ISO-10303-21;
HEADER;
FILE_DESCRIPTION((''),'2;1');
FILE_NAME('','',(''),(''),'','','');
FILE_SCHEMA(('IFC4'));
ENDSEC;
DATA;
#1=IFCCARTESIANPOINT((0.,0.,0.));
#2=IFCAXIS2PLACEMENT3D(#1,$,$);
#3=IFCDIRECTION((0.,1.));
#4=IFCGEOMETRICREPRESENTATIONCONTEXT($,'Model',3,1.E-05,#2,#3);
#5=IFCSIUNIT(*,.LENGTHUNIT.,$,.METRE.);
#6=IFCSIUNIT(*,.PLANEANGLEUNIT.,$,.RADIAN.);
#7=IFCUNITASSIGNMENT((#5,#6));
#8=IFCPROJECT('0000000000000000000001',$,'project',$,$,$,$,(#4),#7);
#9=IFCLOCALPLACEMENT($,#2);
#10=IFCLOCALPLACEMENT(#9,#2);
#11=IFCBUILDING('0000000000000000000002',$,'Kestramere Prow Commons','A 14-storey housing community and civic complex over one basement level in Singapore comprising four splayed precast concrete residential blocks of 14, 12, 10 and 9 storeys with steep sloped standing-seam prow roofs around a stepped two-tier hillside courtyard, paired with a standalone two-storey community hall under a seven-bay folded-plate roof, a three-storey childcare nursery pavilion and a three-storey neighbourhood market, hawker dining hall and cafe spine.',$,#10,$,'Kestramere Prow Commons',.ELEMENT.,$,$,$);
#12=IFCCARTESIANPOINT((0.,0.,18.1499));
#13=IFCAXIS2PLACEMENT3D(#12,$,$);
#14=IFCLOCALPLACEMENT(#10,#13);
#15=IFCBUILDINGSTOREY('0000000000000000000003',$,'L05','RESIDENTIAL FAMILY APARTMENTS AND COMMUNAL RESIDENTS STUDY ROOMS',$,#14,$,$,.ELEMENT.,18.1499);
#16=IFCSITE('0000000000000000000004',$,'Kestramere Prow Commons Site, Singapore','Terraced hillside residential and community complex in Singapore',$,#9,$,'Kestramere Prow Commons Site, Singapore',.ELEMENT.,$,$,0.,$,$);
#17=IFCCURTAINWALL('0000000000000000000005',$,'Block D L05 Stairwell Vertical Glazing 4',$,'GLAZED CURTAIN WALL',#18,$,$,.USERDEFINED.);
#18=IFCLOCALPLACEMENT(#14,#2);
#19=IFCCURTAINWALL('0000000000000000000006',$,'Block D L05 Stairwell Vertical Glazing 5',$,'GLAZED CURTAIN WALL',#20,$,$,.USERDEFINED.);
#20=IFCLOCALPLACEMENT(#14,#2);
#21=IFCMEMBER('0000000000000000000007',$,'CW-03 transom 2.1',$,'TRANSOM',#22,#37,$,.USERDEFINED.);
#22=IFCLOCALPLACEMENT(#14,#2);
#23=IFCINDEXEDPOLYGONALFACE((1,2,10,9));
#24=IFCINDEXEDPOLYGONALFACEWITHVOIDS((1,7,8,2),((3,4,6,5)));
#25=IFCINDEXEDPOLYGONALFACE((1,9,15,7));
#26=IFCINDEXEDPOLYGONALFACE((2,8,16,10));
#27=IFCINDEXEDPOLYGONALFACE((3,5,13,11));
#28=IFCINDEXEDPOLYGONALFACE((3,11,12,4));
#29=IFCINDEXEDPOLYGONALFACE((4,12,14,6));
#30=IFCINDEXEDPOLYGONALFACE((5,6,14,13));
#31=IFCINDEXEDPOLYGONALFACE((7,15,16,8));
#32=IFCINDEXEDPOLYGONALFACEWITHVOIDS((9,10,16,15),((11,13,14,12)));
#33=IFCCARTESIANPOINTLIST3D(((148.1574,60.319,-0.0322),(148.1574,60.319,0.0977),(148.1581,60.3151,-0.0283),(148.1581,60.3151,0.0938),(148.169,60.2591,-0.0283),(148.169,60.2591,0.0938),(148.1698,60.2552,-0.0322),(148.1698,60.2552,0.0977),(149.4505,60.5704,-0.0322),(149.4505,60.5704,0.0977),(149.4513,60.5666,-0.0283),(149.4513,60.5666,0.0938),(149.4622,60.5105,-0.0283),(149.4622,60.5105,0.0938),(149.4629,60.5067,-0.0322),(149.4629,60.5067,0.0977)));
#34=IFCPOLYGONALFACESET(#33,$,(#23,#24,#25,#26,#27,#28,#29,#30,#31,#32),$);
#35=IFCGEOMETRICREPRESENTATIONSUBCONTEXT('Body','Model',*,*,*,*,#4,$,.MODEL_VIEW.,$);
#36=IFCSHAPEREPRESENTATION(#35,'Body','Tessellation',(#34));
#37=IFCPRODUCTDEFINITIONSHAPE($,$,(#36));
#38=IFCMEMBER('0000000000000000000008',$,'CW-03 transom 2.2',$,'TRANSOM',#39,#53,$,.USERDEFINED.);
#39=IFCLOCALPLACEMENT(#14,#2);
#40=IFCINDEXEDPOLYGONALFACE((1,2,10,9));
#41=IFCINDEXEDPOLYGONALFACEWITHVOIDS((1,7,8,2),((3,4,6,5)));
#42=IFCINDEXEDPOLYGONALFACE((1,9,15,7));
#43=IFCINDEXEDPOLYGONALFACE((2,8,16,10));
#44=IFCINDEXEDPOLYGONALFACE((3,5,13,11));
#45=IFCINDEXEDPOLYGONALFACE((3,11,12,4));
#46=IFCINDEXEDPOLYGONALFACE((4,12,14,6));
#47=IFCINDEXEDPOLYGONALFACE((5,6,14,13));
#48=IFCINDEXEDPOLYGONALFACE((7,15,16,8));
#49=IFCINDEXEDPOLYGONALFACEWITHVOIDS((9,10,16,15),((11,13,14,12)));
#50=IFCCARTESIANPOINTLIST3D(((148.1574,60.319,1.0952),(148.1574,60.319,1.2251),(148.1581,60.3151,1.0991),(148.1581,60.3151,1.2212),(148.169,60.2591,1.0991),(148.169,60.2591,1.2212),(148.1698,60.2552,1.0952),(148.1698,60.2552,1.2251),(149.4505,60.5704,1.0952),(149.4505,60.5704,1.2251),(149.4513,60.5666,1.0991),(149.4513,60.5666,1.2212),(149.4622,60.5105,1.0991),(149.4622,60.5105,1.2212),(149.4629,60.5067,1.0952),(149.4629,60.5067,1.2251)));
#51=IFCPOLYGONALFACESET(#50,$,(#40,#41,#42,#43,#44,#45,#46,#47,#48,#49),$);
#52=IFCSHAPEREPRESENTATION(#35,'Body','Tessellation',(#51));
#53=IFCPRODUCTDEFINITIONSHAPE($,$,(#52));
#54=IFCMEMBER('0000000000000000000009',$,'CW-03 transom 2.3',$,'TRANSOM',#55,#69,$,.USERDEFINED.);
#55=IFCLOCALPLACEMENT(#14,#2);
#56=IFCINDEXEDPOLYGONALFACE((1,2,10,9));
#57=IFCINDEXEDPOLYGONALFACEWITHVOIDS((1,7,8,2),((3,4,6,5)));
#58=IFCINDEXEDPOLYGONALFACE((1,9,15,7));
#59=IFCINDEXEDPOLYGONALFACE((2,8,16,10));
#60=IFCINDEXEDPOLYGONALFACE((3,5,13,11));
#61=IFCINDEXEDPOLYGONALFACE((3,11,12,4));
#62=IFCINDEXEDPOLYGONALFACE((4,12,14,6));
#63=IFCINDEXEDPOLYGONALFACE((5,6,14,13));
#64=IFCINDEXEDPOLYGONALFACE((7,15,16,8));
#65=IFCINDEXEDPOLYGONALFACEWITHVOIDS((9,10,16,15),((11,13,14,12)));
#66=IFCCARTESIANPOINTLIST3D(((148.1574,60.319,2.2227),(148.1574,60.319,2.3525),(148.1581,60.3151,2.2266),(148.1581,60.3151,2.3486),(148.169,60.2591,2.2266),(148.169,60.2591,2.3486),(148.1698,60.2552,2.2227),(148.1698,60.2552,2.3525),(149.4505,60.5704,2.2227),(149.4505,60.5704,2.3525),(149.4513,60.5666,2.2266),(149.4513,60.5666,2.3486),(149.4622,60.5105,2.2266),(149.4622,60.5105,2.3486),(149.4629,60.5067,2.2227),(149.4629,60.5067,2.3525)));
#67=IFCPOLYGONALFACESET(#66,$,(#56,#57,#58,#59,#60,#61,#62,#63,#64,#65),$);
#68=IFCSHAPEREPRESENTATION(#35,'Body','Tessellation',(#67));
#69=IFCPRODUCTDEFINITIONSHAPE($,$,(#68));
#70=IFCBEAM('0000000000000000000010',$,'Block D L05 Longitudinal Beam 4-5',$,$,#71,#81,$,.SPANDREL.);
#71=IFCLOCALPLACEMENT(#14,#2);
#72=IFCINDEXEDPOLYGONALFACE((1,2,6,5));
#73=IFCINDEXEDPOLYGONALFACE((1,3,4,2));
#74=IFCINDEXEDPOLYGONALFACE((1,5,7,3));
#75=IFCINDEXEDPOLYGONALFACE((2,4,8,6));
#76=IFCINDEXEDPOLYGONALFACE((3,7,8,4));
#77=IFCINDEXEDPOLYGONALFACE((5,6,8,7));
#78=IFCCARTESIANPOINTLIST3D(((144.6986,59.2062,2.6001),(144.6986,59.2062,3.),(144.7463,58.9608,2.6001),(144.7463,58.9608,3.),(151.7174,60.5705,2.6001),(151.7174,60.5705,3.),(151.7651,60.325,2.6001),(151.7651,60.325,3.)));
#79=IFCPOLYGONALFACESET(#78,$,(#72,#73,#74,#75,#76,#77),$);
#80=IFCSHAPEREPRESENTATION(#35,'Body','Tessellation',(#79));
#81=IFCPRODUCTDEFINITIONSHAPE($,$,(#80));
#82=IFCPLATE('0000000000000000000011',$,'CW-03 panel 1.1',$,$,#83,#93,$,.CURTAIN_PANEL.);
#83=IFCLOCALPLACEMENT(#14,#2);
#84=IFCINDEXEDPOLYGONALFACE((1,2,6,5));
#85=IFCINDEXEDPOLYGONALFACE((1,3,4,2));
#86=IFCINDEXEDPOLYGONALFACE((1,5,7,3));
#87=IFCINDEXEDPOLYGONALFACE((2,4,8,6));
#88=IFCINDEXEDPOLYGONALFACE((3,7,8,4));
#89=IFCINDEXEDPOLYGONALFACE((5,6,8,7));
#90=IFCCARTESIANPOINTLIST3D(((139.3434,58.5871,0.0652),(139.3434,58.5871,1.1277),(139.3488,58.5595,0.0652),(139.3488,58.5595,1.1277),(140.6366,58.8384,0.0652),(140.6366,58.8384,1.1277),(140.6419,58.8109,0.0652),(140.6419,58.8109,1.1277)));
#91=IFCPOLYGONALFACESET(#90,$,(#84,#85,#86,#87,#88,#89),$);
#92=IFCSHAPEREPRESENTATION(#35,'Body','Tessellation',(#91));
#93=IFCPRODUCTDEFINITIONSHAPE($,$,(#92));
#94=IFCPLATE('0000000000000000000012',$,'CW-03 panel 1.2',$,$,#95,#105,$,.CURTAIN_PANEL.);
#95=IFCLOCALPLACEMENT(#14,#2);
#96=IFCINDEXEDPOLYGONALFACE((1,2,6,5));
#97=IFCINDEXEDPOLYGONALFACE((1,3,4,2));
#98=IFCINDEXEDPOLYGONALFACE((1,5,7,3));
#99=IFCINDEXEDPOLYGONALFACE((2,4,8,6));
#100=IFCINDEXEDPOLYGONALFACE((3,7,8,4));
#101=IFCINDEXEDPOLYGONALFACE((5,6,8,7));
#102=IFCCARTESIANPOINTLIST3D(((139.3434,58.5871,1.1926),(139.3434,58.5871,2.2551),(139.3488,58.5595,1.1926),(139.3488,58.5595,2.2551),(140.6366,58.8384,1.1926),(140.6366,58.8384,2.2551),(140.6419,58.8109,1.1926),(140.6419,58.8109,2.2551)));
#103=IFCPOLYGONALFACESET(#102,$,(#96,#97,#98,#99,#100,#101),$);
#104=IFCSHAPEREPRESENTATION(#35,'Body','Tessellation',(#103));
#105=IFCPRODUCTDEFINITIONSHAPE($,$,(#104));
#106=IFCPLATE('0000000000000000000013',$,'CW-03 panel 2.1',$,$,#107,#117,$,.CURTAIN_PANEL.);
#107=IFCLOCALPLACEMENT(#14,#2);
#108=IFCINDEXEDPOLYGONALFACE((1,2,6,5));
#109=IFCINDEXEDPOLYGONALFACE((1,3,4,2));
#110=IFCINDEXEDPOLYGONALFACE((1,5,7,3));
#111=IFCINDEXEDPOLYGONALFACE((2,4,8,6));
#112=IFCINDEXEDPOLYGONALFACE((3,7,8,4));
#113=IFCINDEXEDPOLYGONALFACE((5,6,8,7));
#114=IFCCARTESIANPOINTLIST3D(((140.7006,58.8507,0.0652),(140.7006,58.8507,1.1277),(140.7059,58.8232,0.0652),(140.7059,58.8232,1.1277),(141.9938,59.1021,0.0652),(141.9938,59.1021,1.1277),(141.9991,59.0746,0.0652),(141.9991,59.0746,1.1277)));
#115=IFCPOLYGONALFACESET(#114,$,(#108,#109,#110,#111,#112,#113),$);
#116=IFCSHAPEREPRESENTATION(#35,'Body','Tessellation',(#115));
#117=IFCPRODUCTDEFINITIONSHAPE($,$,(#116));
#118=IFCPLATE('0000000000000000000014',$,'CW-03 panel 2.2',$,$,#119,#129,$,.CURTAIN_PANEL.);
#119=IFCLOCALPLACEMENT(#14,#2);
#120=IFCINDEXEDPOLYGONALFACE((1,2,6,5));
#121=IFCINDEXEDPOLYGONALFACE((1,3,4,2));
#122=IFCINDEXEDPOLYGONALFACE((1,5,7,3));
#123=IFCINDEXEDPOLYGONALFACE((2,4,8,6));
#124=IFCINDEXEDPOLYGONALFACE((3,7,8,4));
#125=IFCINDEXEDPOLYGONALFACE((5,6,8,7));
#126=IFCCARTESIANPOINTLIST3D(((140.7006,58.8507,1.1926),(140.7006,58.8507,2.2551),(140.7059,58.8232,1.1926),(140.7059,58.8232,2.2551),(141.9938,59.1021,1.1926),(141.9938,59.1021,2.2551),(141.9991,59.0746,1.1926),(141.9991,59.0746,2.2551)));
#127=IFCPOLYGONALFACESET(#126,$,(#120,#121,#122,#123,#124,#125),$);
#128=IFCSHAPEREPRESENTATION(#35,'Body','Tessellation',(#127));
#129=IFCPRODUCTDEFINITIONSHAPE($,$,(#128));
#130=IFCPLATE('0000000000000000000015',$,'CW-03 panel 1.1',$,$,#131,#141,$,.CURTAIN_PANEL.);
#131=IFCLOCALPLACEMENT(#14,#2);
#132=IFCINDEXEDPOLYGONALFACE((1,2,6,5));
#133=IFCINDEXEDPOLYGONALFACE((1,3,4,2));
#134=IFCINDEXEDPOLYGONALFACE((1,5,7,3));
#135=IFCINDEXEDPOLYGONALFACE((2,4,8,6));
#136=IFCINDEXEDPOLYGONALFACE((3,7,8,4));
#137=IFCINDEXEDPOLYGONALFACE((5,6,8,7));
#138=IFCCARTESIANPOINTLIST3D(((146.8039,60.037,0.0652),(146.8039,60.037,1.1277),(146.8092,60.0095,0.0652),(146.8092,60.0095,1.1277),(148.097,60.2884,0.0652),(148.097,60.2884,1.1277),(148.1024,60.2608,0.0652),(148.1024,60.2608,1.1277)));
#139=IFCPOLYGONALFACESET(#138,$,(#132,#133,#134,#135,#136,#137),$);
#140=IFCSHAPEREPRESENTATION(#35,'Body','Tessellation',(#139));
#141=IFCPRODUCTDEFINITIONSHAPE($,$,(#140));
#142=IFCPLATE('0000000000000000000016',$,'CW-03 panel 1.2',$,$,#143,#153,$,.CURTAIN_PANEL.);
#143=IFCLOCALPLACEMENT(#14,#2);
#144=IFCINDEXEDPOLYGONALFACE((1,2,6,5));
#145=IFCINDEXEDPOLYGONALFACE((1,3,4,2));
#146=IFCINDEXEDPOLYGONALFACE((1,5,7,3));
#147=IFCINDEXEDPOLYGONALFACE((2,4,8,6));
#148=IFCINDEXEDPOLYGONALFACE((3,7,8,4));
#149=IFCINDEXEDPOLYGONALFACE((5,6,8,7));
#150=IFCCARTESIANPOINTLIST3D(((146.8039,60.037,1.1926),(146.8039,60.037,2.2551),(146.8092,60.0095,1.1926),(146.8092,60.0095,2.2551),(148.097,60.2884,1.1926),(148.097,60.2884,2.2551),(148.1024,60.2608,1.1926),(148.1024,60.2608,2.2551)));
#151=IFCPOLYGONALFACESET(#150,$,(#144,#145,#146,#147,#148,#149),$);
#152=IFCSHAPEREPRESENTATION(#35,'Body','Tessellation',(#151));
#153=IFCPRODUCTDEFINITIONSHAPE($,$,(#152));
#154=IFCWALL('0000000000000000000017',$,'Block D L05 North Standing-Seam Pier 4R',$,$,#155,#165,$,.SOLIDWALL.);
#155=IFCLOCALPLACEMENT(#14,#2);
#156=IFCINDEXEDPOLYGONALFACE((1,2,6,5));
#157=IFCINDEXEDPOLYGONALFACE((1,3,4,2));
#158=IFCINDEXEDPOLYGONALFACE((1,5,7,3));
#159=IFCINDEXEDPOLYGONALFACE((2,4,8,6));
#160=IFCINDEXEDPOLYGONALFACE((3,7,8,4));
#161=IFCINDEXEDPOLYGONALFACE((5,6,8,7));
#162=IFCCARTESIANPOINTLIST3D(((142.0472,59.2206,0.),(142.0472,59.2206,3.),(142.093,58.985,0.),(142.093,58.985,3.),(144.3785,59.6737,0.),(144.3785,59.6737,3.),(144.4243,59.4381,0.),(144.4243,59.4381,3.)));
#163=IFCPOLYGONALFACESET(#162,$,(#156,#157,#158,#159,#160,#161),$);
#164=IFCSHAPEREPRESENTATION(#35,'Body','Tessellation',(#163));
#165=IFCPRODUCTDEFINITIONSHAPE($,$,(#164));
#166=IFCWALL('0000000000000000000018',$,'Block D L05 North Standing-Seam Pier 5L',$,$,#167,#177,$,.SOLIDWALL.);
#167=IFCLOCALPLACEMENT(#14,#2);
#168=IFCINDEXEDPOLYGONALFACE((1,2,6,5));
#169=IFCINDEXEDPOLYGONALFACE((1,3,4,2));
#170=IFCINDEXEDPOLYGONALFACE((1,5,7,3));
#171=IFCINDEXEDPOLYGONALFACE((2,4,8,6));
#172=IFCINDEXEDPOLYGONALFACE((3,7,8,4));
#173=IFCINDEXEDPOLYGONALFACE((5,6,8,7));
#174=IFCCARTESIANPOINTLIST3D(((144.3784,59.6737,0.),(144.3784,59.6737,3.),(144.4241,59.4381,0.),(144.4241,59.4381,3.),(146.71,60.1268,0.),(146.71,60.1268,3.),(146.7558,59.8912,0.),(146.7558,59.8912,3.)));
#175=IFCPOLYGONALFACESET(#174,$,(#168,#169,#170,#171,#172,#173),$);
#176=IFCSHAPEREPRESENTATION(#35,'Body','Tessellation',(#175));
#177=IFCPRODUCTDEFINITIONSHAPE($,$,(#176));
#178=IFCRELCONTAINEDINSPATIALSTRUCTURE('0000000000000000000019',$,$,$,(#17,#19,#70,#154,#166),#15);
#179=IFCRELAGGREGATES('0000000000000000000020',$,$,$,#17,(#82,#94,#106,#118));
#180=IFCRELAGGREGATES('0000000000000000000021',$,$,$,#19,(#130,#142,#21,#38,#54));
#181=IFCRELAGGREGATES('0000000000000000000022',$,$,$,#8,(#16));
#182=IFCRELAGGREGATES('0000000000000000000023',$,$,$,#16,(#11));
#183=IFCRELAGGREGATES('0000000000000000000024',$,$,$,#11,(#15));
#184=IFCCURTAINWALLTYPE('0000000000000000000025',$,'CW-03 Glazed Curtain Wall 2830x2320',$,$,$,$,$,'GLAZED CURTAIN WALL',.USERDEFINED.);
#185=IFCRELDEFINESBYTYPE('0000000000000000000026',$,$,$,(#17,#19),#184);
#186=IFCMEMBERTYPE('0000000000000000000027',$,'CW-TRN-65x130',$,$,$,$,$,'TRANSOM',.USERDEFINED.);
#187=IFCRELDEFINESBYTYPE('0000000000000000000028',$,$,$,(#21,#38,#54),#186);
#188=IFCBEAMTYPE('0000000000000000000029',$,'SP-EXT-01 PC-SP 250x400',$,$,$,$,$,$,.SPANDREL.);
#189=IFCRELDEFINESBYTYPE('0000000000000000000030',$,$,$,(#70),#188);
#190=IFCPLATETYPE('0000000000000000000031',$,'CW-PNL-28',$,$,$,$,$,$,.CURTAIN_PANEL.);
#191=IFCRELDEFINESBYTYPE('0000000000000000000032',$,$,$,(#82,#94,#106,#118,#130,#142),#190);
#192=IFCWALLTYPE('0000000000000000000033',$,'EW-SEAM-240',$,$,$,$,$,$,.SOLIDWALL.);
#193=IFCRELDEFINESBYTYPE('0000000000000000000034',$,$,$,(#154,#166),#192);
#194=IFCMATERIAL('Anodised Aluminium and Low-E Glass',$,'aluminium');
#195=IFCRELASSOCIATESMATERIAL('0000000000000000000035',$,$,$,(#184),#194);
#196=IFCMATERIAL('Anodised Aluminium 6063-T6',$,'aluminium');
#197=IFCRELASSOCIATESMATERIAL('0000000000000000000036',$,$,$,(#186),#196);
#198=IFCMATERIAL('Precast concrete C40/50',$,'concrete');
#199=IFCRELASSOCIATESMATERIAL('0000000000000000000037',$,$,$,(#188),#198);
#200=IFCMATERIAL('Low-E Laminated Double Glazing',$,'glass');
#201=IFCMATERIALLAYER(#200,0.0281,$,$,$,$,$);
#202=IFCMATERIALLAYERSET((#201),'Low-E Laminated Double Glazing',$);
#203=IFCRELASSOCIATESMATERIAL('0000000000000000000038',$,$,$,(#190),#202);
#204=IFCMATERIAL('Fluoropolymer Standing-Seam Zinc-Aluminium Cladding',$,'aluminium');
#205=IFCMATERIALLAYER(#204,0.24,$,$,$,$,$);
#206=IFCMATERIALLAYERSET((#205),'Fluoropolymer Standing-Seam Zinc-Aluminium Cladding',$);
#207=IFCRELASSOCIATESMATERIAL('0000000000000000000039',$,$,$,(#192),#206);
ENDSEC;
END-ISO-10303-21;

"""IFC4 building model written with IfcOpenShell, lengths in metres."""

from ifc_helpers import new_model, si_unit, direction, frame, frame_2d, origin, origin_2d, place, context, subcontext, project, spatial, rectangle, hollow_rectangle, extrude, material, layer, layer_set, material_profile, profile_set, type_object, element, aggregate, save


model = new_model("IFC4")

# Units and contexts
model_context = context("Model", 3, precision=1e-05, world=origin(), true_north=direction((0.0, 1.0)))
body_context = subcontext(model_context, "Body", "Model", "MODEL_VIEW")
ifc_project = project(units=[si_unit("LENGTHUNIT", "METRE"), si_unit("PLANEANGLEUNIT", "RADIAN")], contexts=[model_context])

# Site, building, storey
site_placement = place(None, origin())
site = spatial("IfcSite", under=ifc_project, at=site_placement, Name="Kestramere Prow Commons Site, Singapore", Description="Terraced hillside residential and community complex in Singapore", LongName="Kestramere Prow Commons Site, Singapore", CompositionType="ELEMENT", RefElevation=0.0)
building_placement = place(site_placement, origin())
building = spatial("IfcBuilding", under=site, at=building_placement, Name="Kestramere Prow Commons", Description="A 14-storey housing community and civic complex over one basement level in Singapore comprising four splayed precast concrete residential blocks of 14, 12, 10 and 9 storeys with steep sloped standing-seam prow roofs around a stepped two-tier hillside courtyard, paired with a standalone two-storey community hall under a seven-bay folded-plate roof, a three-storey childcare nursery pavilion and a three-storey neighbourhood market, hawker dining hall and cafe spine.", LongName="Kestramere Prow Commons", CompositionType="ELEMENT")
storey_placement = place(building_placement, frame((0.0, 0.0, 18.1499)))
storey = spatial("IfcBuildingStorey", under=building, at=storey_placement, Name="L05", Description="RESIDENTIAL FAMILY APARTMENTS AND COMMUNAL RESIDENTS STUDY ROOMS", CompositionType="ELEMENT", Elevation=18.1499)

# Shared definitions
ifc_material_1 = material(Name="Precast concrete C40/50", Category="concrete")

# Curtain walls
ifc_material_2 = material(Name="Anodised Aluminium and Low-E Glass", Category="aluminium")
curtain_wall_type = type_object("IfcCurtainWallType", Name="CW-03 Glazed Curtain Wall 2830x2320", ElementType="GLAZED CURTAIN WALL", PredefinedType="USERDEFINED", material=ifc_material_2)
curtain_wall_1_placement = place(storey_placement, origin())
curtain_wall_1 = element("IfcCurtainWall", 1, at=curtain_wall_1_placement, inside=storey, type_object=curtain_wall_type, Name="Block D L05 Stairwell Vertical Glazing 4", ObjectType="GLAZED CURTAIN WALL", PredefinedType="USERDEFINED")
ifc_material_3 = material(Name="Anodised Aluminium 6063-T6", Category="aluminium")
curtain_wall_2_placement = place(storey_placement, origin())
curtain_wall_2 = element("IfcCurtainWall", 2, at=curtain_wall_2_placement, inside=storey, type_object=curtain_wall_type, Name="Block D L05 Stairwell Vertical Glazing 5", ObjectType="GLAZED CURTAIN WALL", PredefinedType="USERDEFINED")

# Members
ifc_material_profile_1 = material_profile(ifc_material_3, hollow_rectangle(XDim=0.0649, YDim=0.1299, WallThickness=0.0039, at=origin_2d()), Name="ALU-TRN 65x130")
ifc_profile_set_1 = profile_set([ifc_material_profile_1], Name="Anodised Aluminium 6063-T6")
member_type_1 = type_object("IfcMemberType", Name="CW-TRN-65x130", ElementType="TRANSOM", PredefinedType="USERDEFINED", material=ifc_profile_set_1)
member_1_placement = place(storey_placement, frame((148.1636, 60.2871, 0.0327), z_axis=(0.981614, 0.190875, 0.0), x_axis=(-0.190875, 0.981614, 0.0)))
member_1 = element("IfcMember", 3, at=member_1_placement, type_object=member_type_1, Name="CW-03 transom 2.1", ObjectType="TRANSOM", PredefinedType="USERDEFINED", context=body_context, shape_type="SweptSolid", body=[
    extrude(hollow_rectangle(XDim=0.0649, YDim=0.1299, WallThickness=0.0039, at=origin_2d()), origin(), (0.0, 0.0, 1.0), 1.3174),
])
member_2_placement = place(storey_placement, frame((148.1636, 60.2871, 1.1602), z_axis=(0.981614, 0.190875, 0.0), x_axis=(-0.190875, 0.981614, 0.0)))
member_2 = element("IfcMember", 4, at=member_2_placement, type_object=member_type_1, Name="CW-03 transom 2.2", ObjectType="TRANSOM", PredefinedType="USERDEFINED", context=body_context, shape_type="SweptSolid", body=[
    extrude(hollow_rectangle(XDim=0.0649, YDim=0.1299, WallThickness=0.0039, at=origin_2d()), origin(), (0.0, 0.0, 1.0), 1.3174),
])
member_3_placement = place(storey_placement, frame((148.1636, 60.2871, 2.2876), z_axis=(0.981614, 0.190875, 0.0), x_axis=(-0.190875, 0.981614, 0.0)))
member_3 = element("IfcMember", 5, at=member_3_placement, type_object=member_type_1, Name="CW-03 transom 2.3", ObjectType="TRANSOM", PredefinedType="USERDEFINED", context=body_context, shape_type="SweptSolid", body=[
    extrude(hollow_rectangle(XDim=0.0649, YDim=0.1299, WallThickness=0.0039, at=origin_2d()), origin(), (0.0, 0.0, 1.0), 1.3174),
])

# Beam
ifc_material_profile_2 = material_profile(ifc_material_1, rectangle(XDim=0.25, YDim=0.3999, at=origin_2d()), Name="PC-SP 250x400")
ifc_profile_set_2 = profile_set([ifc_material_profile_2], Name="Precast concrete C40/50")
beam_type = type_object("IfcBeamType", Name="SP-EXT-01 PC-SP 250x400", PredefinedType="SPANDREL", material=ifc_profile_set_2)
beam_placement = place(storey_placement, frame((144.7224, 59.0835, 2.8), z_axis=(0.981629, 0.190801, 0.0), x_axis=(-0.190801, 0.981629, 0.0)))
element("IfcBeam", 6, at=beam_placement, inside=storey, type_object=beam_type, Name="Block D L05 Longitudinal Beam 4-5", PredefinedType="SPANDREL", context=body_context, shape_type="SweptSolid", body=[
    extrude(rectangle(XDim=0.25, YDim=0.3999, at=origin_2d()), origin(), (0.0, 0.0, 1.0), 7.1501),
])

# Plates
ifc_material_4 = material(Name="Low-E Laminated Double Glazing", Category="glass")
ifc_layer_1 = layer(ifc_material_4, 0.0281)
ifc_layer_set_1 = layer_set([ifc_layer_1], Name="Low-E Laminated Double Glazing")
plate_type = type_object("IfcPlateType", Name="CW-PNL-28", PredefinedType="CURTAIN_PANEL", material=ifc_layer_set_1)
plate_1_placement = place(storey_placement, frame((139.9927, 58.699, 0.0652), z_axis=(0.0, 0.0, 1.0), x_axis=(0.981627, 0.190809, 0.0)))
plate_1 = element("IfcPlate", 7, at=plate_1_placement, type_object=plate_type, Name="CW-03 panel 1.1", PredefinedType="CURTAIN_PANEL", context=body_context, shape_type="SweptSolid", body=[
    extrude(rectangle(XDim=1.3174, YDim=0.0281, at=origin_2d()), origin(), (0.0, 0.0, 1.0), 1.0625),
])
plate_2_placement = place(storey_placement, frame((139.9927, 58.699, 1.1926), z_axis=(0.0, 0.0, 1.0), x_axis=(0.981627, 0.190809, 0.0)))
plate_2 = element("IfcPlate", 8, at=plate_2_placement, type_object=plate_type, Name="CW-03 panel 1.2", PredefinedType="CURTAIN_PANEL", context=body_context, shape_type="SweptSolid", body=[
    extrude(rectangle(XDim=1.3174, YDim=0.0281, at=origin_2d()), origin(), (0.0, 0.0, 1.0), 1.0625),
])
plate_3_placement = place(storey_placement, frame((141.3499, 58.9626, 0.0652), z_axis=(0.0, 0.0, 1.0), x_axis=(0.981627, 0.190809, 0.0)))
plate_3 = element("IfcPlate", 9, at=plate_3_placement, type_object=plate_type, Name="CW-03 panel 2.1", PredefinedType="CURTAIN_PANEL", context=body_context, shape_type="SweptSolid", body=[
    extrude(rectangle(XDim=1.3174, YDim=0.0281, at=origin_2d()), origin(), (0.0, 0.0, 1.0), 1.0625),
])
plate_4_placement = place(storey_placement, frame((141.3499, 58.9626, 1.1926), z_axis=(0.0, 0.0, 1.0), x_axis=(0.981627, 0.190809, 0.0)))
plate_4 = element("IfcPlate", 10, at=plate_4_placement, type_object=plate_type, Name="CW-03 panel 2.2", PredefinedType="CURTAIN_PANEL", context=body_context, shape_type="SweptSolid", body=[
    extrude(rectangle(XDim=1.3174, YDim=0.0281, at=origin_2d()), origin(), (0.0, 0.0, 1.0), 1.0625),
])
aggregate(curtain_wall_1, [plate_1, plate_2, plate_3, plate_4])
plate_5_placement = place(storey_placement, frame((147.4531, 60.1489, 0.0652), z_axis=(0.0, 0.0, 1.0), x_axis=(0.981627, 0.190809, 0.0)))
plate_5 = element("IfcPlate", 11, at=plate_5_placement, type_object=plate_type, Name="CW-03 panel 1.1", PredefinedType="CURTAIN_PANEL", context=body_context, shape_type="SweptSolid", body=[
    extrude(rectangle(XDim=1.3174, YDim=0.0281, at=origin_2d()), origin(), (0.0, 0.0, 1.0), 1.0625),
])
plate_6_placement = place(storey_placement, frame((147.4531, 60.1489, 1.1926), z_axis=(0.0, 0.0, 1.0), x_axis=(0.981627, 0.190809, 0.0)))
plate_6 = element("IfcPlate", 12, at=plate_6_placement, type_object=plate_type, Name="CW-03 panel 1.2", PredefinedType="CURTAIN_PANEL", context=body_context, shape_type="SweptSolid", body=[
    extrude(rectangle(XDim=1.3174, YDim=0.0281, at=origin_2d()), origin(), (0.0, 0.0, 1.0), 1.0625),
])
aggregate(curtain_wall_2, [plate_5, plate_6, member_1, member_2, member_3])

# Walls
ifc_material_5 = material(Name="Fluoropolymer Standing-Seam Zinc-Aluminium Cladding", Category="aluminium")
ifc_layer_2 = layer(ifc_material_5, 0.24)
ifc_layer_set_2 = layer_set([ifc_layer_2], Name="Fluoropolymer Standing-Seam Zinc-Aluminium Cladding")
wall_type_1 = type_object("IfcWallType", Name="EW-SEAM-240", PredefinedType="SOLIDWALL", material=ifc_layer_set_2)
wall_1_placement = place(storey_placement, frame((142.0701, 59.1028, 0.0), z_axis=(0.0, 0.0, 1.0), x_axis=(0.98163, 0.190795, 0.0)))
element("IfcWall", 13, at=wall_1_placement, inside=storey, type_object=wall_type_1, Name="Block D L05 North Standing-Seam Pier 4R", PredefinedType="SOLIDWALL", context=body_context, shape_type="SweptSolid", body=[
    extrude(rectangle(XDim=2.375, YDim=0.24, at=frame_2d((1.1875, 0.0))), origin(), (0.0, 0.0, 1.0), 3.0),
])
wall_2_placement = place(storey_placement, frame((144.4014, 59.5559, 0.0), z_axis=(0.0, 0.0, 1.0), x_axis=(0.981634, 0.190776, 0.0)))
element("IfcWall", 14, at=wall_2_placement, inside=storey, type_object=wall_type_1, Name="Block D L05 North Standing-Seam Pier 5L", PredefinedType="SOLIDWALL", context=body_context, shape_type="SweptSolid", body=[
    extrude(rectangle(XDim=2.3752, YDim=0.24, at=frame_2d((1.1875, 0.0))), origin(), (0.0, 0.0, 1.0), 3.0),
])

save(model, "model.ifc")
